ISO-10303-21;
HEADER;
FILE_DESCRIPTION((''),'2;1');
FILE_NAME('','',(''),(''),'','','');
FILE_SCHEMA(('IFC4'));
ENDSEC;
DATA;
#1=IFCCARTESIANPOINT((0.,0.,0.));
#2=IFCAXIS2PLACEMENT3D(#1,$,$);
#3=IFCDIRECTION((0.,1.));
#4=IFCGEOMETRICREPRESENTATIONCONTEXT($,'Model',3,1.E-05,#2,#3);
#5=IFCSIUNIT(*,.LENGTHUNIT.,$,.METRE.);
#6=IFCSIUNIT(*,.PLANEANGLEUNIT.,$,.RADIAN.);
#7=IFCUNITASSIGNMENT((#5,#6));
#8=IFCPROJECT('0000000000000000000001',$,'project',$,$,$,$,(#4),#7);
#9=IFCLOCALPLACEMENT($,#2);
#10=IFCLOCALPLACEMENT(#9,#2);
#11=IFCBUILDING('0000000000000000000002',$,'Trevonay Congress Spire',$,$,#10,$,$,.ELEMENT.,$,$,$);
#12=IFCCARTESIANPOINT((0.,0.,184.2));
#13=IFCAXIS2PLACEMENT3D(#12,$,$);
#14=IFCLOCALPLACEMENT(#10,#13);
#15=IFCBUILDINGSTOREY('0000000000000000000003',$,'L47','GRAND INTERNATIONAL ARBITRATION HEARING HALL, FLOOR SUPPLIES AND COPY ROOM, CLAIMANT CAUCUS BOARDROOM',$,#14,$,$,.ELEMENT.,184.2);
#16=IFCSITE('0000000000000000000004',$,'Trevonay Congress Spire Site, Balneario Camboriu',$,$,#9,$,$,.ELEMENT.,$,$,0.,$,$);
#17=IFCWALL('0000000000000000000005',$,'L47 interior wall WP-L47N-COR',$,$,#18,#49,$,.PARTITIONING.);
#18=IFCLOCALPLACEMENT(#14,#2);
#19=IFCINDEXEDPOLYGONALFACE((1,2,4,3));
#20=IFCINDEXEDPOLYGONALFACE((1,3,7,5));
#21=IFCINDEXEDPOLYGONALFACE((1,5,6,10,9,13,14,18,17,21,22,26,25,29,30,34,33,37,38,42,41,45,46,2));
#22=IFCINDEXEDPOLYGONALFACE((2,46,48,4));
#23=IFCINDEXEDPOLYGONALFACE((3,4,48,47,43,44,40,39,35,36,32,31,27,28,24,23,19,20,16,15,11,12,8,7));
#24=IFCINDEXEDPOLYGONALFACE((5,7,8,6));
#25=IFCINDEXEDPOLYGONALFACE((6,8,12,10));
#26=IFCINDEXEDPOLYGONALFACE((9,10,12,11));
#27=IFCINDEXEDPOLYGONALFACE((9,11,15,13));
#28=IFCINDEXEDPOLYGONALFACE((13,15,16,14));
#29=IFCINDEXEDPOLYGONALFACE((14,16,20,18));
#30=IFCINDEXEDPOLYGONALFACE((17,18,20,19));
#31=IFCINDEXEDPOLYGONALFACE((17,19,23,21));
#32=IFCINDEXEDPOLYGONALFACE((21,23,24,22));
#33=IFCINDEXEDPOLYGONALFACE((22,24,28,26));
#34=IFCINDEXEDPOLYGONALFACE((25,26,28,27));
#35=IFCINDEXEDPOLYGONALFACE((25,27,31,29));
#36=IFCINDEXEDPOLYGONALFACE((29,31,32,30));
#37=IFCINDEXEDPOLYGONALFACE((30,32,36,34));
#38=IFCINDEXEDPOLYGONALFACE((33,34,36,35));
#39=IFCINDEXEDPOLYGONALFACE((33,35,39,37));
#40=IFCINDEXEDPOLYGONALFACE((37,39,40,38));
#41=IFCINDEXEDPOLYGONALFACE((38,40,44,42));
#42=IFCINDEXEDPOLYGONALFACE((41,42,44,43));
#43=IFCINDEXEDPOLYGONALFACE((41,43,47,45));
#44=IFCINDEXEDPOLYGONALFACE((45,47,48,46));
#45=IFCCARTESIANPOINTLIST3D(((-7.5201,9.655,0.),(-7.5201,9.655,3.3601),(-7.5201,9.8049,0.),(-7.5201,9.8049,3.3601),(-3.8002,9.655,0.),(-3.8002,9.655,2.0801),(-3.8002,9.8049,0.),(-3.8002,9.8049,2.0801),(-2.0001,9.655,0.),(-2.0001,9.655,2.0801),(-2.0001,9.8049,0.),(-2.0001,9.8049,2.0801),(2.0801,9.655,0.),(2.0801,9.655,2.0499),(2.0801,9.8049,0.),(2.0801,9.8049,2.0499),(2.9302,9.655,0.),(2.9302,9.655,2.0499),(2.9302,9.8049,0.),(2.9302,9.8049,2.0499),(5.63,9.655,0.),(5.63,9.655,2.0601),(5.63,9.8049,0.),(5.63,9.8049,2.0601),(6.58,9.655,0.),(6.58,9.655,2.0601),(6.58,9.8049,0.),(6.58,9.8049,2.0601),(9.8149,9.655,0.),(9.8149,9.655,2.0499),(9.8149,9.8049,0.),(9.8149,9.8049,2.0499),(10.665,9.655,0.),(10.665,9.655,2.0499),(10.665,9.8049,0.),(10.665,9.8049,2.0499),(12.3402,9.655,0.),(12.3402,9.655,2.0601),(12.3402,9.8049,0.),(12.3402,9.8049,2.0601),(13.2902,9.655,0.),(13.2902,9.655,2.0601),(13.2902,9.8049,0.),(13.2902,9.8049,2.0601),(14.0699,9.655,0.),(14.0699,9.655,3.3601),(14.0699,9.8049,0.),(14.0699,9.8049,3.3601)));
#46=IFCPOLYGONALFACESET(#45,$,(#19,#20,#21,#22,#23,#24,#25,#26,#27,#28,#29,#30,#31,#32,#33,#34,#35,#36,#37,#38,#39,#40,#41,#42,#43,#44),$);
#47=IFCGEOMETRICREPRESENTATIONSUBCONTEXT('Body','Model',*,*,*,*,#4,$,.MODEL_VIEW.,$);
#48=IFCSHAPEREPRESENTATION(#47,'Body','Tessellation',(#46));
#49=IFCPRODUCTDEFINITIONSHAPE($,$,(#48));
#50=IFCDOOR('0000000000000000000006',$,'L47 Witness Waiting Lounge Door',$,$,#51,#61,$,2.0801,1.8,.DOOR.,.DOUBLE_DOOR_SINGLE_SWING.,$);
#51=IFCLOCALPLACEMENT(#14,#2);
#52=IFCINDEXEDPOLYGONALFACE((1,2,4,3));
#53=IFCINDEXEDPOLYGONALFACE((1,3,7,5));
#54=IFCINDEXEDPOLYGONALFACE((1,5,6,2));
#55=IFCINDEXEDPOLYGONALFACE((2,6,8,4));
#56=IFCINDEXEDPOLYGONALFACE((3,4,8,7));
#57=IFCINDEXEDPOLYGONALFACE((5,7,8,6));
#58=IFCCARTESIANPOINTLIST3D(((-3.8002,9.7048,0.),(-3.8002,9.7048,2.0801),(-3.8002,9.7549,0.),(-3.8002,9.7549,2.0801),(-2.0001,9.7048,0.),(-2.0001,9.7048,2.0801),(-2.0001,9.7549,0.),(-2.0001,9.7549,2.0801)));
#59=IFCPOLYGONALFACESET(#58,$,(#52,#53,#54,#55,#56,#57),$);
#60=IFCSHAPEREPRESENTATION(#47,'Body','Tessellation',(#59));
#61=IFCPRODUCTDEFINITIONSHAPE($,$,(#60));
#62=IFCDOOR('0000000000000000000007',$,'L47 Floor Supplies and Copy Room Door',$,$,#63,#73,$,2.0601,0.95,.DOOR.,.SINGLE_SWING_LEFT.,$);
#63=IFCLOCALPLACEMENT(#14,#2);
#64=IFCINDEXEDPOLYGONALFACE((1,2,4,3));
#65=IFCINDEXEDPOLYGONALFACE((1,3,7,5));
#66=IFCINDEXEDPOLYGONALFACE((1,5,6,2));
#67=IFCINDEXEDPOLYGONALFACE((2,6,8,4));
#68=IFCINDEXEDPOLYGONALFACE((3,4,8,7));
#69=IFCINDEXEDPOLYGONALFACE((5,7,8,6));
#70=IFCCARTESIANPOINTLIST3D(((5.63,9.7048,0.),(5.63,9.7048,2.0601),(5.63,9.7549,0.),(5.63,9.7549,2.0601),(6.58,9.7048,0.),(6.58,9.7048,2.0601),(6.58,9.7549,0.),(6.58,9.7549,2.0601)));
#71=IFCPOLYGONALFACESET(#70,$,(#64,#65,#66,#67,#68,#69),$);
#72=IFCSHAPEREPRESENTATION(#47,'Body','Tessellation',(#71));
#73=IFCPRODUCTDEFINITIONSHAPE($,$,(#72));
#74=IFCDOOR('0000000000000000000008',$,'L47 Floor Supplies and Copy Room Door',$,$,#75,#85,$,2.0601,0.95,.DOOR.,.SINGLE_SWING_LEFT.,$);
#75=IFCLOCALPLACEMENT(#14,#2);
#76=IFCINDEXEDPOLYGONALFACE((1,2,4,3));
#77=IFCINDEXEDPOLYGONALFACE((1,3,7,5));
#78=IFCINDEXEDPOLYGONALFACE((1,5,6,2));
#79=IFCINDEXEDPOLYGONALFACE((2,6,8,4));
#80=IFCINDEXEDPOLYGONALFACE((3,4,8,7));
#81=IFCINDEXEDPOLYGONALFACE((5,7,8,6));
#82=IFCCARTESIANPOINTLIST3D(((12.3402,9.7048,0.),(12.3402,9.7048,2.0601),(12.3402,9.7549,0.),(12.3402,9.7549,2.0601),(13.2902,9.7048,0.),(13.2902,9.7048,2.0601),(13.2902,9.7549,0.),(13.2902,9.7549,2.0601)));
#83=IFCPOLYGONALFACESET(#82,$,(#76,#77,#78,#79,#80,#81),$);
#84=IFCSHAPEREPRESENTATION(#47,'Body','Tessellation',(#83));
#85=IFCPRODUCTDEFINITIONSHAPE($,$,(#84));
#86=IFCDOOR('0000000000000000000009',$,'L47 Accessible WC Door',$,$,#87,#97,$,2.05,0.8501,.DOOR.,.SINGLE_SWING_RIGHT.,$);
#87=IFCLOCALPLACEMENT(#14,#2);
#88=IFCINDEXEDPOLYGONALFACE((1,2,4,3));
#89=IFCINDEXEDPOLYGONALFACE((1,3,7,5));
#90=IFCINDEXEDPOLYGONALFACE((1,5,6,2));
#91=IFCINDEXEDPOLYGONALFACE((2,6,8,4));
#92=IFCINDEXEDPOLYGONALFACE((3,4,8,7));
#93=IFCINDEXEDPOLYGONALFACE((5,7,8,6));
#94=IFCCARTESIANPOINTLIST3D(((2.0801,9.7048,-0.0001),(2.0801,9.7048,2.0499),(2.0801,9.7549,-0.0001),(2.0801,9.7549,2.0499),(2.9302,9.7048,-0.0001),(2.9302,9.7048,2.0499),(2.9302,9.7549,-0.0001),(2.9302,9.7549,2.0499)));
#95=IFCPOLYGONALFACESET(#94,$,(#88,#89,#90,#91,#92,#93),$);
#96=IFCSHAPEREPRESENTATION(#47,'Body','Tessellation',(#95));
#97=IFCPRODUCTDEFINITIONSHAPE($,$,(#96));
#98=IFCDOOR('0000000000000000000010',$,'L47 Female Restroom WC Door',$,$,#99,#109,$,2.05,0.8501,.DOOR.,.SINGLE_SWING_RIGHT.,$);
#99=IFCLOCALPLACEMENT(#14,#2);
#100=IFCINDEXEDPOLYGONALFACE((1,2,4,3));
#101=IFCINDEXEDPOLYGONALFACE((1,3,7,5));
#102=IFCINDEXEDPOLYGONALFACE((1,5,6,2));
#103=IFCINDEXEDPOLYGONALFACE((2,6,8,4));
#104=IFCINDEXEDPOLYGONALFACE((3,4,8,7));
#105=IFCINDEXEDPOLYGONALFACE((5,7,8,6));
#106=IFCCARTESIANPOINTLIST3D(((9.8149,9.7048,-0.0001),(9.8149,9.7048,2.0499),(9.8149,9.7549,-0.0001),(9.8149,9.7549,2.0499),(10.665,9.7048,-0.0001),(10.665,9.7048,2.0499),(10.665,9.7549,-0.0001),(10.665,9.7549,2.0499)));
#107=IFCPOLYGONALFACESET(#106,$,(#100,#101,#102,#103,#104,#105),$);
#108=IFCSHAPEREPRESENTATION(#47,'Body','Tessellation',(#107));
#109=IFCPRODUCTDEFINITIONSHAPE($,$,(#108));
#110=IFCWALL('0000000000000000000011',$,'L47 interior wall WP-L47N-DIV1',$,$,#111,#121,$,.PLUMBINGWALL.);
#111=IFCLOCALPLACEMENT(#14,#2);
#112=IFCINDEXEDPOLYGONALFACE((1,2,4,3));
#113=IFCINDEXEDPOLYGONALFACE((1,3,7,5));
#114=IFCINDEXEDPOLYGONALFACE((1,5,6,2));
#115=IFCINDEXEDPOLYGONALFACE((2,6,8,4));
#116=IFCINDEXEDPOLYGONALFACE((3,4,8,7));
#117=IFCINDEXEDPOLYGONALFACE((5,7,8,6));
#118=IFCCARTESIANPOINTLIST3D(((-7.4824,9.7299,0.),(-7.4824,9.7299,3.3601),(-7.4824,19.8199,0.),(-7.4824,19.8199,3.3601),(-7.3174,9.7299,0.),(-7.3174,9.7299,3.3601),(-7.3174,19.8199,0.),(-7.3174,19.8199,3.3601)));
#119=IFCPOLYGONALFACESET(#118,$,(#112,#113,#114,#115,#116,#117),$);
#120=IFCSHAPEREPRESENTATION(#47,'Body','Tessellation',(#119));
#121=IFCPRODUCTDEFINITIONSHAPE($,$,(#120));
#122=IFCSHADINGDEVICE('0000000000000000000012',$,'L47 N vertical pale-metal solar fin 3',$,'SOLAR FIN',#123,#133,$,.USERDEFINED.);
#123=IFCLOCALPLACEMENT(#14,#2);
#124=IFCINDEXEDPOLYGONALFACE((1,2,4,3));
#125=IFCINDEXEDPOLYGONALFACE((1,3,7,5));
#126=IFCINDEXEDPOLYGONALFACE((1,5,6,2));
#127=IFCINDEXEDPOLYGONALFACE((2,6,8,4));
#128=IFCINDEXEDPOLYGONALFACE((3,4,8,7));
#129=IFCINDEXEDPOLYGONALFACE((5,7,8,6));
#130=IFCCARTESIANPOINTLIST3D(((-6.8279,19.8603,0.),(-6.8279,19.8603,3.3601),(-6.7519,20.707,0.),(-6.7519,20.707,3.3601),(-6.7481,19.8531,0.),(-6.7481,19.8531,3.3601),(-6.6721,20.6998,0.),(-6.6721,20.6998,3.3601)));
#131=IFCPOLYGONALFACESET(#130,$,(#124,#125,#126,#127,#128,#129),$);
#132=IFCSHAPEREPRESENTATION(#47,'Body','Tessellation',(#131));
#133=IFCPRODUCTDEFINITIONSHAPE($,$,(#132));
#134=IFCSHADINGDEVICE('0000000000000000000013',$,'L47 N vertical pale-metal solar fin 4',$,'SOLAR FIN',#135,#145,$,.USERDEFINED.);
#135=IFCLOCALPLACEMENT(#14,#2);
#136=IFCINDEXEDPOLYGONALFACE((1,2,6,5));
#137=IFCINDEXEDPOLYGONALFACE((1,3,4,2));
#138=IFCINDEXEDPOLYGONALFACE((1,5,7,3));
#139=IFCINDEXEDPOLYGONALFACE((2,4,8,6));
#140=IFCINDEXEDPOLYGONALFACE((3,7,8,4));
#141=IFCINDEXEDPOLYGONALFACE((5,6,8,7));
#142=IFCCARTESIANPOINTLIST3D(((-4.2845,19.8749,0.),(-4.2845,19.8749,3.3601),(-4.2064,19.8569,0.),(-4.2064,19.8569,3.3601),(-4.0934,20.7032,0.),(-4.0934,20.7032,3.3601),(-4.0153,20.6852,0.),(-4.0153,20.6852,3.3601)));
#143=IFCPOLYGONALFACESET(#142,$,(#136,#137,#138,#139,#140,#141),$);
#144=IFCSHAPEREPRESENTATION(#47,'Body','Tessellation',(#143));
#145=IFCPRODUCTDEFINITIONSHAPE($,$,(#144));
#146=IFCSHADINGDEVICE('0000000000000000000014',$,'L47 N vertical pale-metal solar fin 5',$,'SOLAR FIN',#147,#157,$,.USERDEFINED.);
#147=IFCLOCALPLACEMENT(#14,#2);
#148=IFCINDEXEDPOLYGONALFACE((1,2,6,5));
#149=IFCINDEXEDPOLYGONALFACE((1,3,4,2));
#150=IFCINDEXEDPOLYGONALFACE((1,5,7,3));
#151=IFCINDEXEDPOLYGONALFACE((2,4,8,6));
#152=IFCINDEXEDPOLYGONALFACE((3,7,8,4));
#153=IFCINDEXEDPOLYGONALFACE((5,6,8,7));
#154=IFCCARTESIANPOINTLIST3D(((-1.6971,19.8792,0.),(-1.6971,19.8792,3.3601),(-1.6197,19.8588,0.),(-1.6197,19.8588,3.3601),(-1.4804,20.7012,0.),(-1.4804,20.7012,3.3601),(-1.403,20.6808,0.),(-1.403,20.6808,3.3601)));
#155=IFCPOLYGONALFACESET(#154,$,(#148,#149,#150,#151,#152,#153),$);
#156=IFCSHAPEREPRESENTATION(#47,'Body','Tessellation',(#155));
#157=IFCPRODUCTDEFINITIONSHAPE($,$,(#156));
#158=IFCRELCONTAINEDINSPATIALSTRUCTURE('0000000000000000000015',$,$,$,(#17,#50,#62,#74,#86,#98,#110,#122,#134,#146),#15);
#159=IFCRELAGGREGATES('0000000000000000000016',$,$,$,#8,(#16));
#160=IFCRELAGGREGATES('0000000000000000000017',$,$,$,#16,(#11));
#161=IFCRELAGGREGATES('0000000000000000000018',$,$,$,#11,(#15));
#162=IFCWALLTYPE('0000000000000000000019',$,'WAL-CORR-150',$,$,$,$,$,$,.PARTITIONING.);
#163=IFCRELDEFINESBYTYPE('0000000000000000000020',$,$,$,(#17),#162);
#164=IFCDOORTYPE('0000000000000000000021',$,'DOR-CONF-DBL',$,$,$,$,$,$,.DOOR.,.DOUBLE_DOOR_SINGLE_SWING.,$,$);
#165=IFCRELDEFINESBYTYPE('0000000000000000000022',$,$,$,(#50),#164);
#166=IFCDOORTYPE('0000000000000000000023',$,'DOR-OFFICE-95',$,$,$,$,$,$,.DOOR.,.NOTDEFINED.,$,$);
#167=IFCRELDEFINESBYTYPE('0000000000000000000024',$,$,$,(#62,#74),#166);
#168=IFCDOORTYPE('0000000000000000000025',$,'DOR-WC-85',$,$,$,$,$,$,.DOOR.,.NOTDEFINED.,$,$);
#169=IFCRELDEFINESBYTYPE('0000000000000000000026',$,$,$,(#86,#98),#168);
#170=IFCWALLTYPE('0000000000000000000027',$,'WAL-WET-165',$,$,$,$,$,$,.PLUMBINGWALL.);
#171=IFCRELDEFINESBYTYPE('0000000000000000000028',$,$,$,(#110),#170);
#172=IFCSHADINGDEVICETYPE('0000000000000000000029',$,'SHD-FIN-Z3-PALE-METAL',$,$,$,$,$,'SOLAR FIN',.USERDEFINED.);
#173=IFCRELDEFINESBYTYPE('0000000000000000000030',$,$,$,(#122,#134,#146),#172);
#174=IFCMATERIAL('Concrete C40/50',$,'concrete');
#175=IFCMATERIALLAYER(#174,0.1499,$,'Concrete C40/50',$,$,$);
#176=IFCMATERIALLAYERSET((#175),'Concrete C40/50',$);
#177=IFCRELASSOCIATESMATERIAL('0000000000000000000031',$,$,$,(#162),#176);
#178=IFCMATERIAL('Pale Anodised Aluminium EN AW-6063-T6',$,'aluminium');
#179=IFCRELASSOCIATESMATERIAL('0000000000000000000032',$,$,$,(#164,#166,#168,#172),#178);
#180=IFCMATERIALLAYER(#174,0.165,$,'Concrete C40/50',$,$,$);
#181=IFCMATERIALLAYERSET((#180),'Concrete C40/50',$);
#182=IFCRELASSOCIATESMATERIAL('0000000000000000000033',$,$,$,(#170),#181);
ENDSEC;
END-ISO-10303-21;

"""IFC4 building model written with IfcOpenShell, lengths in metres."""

from ifc_helpers import new_model, si_unit, direction, frame, frame_2d, origin, origin_2d, place, context, subcontext, project, spatial, rectangle, extrude, material, layer, layer_set, type_object, element, fill, save


model = new_model("IFC4")

# Units and contexts
model_context = context("Model", 3, precision=1e-05, world=origin(), true_north=direction((0.0, 1.0)))
body_context = subcontext(model_context, "Body", "Model", "MODEL_VIEW")
ifc_project = project(units=[si_unit("LENGTHUNIT", "METRE"), si_unit("PLANEANGLEUNIT", "RADIAN")], contexts=[model_context])

# Site, building, storey
site_placement = place(None, origin())
site = spatial("IfcSite", under=ifc_project, at=site_placement, Name="Trevonay Congress Spire Site, Balneario Camboriu", CompositionType="ELEMENT", RefElevation=0.0)
building_placement = place(site_placement, origin())
building = spatial("IfcBuilding", under=site, at=building_placement, Name="Trevonay Congress Spire", CompositionType="ELEMENT")
storey_placement = place(building_placement, frame((0.0, 0.0, 184.2)))
storey = spatial("IfcBuildingStorey", under=building, at=storey_placement, Name="L47", Description="GRAND INTERNATIONAL ARBITRATION HEARING HALL, FLOOR SUPPLIES AND COPY ROOM, CLAIMANT CAUCUS BOARDROOM", CompositionType="ELEMENT", Elevation=184.2)

# Shared definitions
ifc_material_1 = material(Name="Pale Anodised Aluminium EN AW-6063-T6", Category="aluminium")

# Wall, openings, doors
ifc_material_2 = material(Name="Concrete C40/50", Category="concrete")
ifc_layer_1 = layer(ifc_material_2, 0.1499, Name="Concrete C40/50")
ifc_layer_set_1 = layer_set([ifc_layer_1], Name="Concrete C40/50")
wall_type_1 = type_object("IfcWallType", Name="WAL-CORR-150", PredefinedType="PARTITIONING", material=ifc_layer_set_1)
wall_1_placement = place(storey_placement, frame((-7.52, 9.73, 0.0), z_axis=(0.0, 0.0, 1.0), x_axis=(1.0, 0.0, 0.0)))
wall_1 = element("IfcWall", 1, at=wall_1_placement, inside=storey, type_object=wall_type_1, Name="L47 interior wall WP-L47N-COR", PredefinedType="PARTITIONING", context=body_context, shape_type="SweptSolid", body=[
    extrude(rectangle(XDim=21.5901, YDim=0.1499, at=frame_2d((10.7949, 0.0))), origin(), (0.0, 0.0, 1.0), 3.3601),
])
opening_1_placement = place(wall_1_placement, frame((3.72, 0.0, 0.0)))
opening_1 = element("IfcOpeningElement", 2, at=opening_1_placement, cuts=wall_1, PredefinedType="OPENING", context=body_context, shape_type="SweptSolid", body=[
    extrude(rectangle(XDim=1.8, YDim=2.0801, at=frame_2d((0.8999, 1.04))), frame((0.0, 0.085, 0.0), z_axis=(0.0, -1.0, 0.0), x_axis=(1.0, 0.0, 0.0)), (0.0, 0.0, 1.0), 0.1699),
])
opening_2_placement = place(wall_1_placement, frame((9.6001, 0.0, 0.0)))
opening_2 = element("IfcOpeningElement", 3, at=opening_2_placement, cuts=wall_1, PredefinedType="OPENING", context=body_context, shape_type="SweptSolid", body=[
    extrude(rectangle(XDim=0.8501, YDim=2.05, at=frame_2d((0.425, 1.0249))), frame((0.0, 0.085, 0.0), z_axis=(0.0, -1.0, 0.0), x_axis=(1.0, 0.0, 0.0)), (0.0, 0.0, 1.0), 0.1699),
])
opening_3_placement = place(wall_1_placement, frame((13.1499, 0.0, 0.0)))
opening_3 = element("IfcOpeningElement", 4, at=opening_3_placement, cuts=wall_1, PredefinedType="OPENING", context=body_context, shape_type="SweptSolid", body=[
    extrude(rectangle(XDim=0.95, YDim=2.0601, at=frame_2d((0.4751, 1.03))), frame((0.0, 0.085, 0.0), z_axis=(0.0, -1.0, 0.0), x_axis=(1.0, 0.0, 0.0)), (0.0, 0.0, 1.0), 0.1699),
])
opening_4_placement = place(wall_1_placement, frame((17.335, 0.0, 0.0)))
opening_4 = element("IfcOpeningElement", 5, at=opening_4_placement, cuts=wall_1, PredefinedType="OPENING", context=body_context, shape_type="SweptSolid", body=[
    extrude(rectangle(XDim=0.8501, YDim=2.05, at=frame_2d((0.425, 1.0249))), frame((0.0, 0.085, 0.0), z_axis=(0.0, -1.0, 0.0), x_axis=(1.0, 0.0, 0.0)), (0.0, 0.0, 1.0), 0.1699),
])
opening_5_placement = place(wall_1_placement, frame((19.8601, 0.0, 0.0)))
opening_5 = element("IfcOpeningElement", 6, at=opening_5_placement, cuts=wall_1, PredefinedType="OPENING", context=body_context, shape_type="SweptSolid", body=[
    extrude(rectangle(XDim=0.95, YDim=2.0601, at=frame_2d((0.4751, 1.03))), frame((0.0, 0.085, 0.0), z_axis=(0.0, -1.0, 0.0), x_axis=(1.0, 0.0, 0.0)), (0.0, 0.0, 1.0), 0.1699),
])
door_type_1 = type_object("IfcDoorType", Name="DOR-CONF-DBL", OperationType="DOUBLE_DOOR_SINGLE_SWING", PredefinedType="DOOR", material=ifc_material_1)
door_1_placement = place(opening_1_placement, origin())
door_1 = element("IfcDoor", 7, at=door_1_placement, inside=storey, type_object=door_type_1, Name="L47 Witness Waiting Lounge Door", OperationType="DOUBLE_DOOR_SINGLE_SWING", OverallHeight=2.0801, OverallWidth=1.8, PredefinedType="DOOR", context=body_context, shape_type="SweptSolid", body=[
    extrude(rectangle(XDim=1.8, YDim=2.0801, at=frame_2d((0.8999, 1.04))), frame((0.0, 0.0249, 0.0), z_axis=(0.0, -1.0, 0.0), x_axis=(1.0, 0.0, 0.0)), (0.0, 0.0, 1.0), 0.05),
])
fill(opening_1, door_1)
door_type_2 = type_object("IfcDoorType", Name="DOR-OFFICE-95", OperationType="NOTDEFINED", PredefinedType="DOOR", material=ifc_material_1)
door_2_placement = place(opening_3_placement, origin())
door_2 = element("IfcDoor", 8, at=door_2_placement, inside=storey, type_object=door_type_2, Name="L47 Floor Supplies and Copy Room Door", OperationType="SINGLE_SWING_LEFT", OverallHeight=2.0601, OverallWidth=0.95, PredefinedType="DOOR", context=body_context, shape_type="SweptSolid", body=[
    extrude(rectangle(XDim=0.95, YDim=2.0601, at=frame_2d((0.4751, 1.03))), frame((0.0, 0.0249, 0.0), z_axis=(0.0, -1.0, 0.0), x_axis=(1.0, 0.0, 0.0)), (0.0, 0.0, 1.0), 0.05),
])
fill(opening_3, door_2)
door_3_placement = place(opening_5_placement, origin())
door_3 = element("IfcDoor", 9, at=door_3_placement, inside=storey, type_object=door_type_2, Name="L47 Floor Supplies and Copy Room Door", OperationType="SINGLE_SWING_LEFT", OverallHeight=2.0601, OverallWidth=0.95, PredefinedType="DOOR", context=body_context, shape_type="SweptSolid", body=[
    extrude(rectangle(XDim=0.95, YDim=2.0601, at=frame_2d((0.4751, 1.03))), frame((0.0, 0.0249, 0.0), z_axis=(0.0, -1.0, 0.0), x_axis=(1.0, 0.0, 0.0)), (0.0, 0.0, 1.0), 0.05),
])
fill(opening_5, door_3)
door_type_3 = type_object("IfcDoorType", Name="DOR-WC-85", OperationType="NOTDEFINED", PredefinedType="DOOR", material=ifc_material_1)
door_4_placement = place(opening_2_placement, origin())
door_4 = element("IfcDoor", 10, at=door_4_placement, inside=storey, type_object=door_type_3, Name="L47 Accessible WC Door", OperationType="SINGLE_SWING_RIGHT", OverallHeight=2.05, OverallWidth=0.8501, PredefinedType="DOOR", context=body_context, shape_type="SweptSolid", body=[
    extrude(rectangle(XDim=0.8501, YDim=2.05, at=frame_2d((0.425, 1.0249))), frame((0.0, 0.0249, 0.0), z_axis=(0.0, -1.0, 0.0), x_axis=(1.0, 0.0, 0.0)), (0.0, 0.0, 1.0), 0.05),
])
fill(opening_2, door_4)
door_5_placement = place(opening_4_placement, origin())
door_5 = element("IfcDoor", 11, at=door_5_placement, inside=storey, type_object=door_type_3, Name="L47 Female Restroom WC Door", OperationType="SINGLE_SWING_RIGHT", OverallHeight=2.05, OverallWidth=0.8501, PredefinedType="DOOR", context=body_context, shape_type="SweptSolid", body=[
    extrude(rectangle(XDim=0.8501, YDim=2.05, at=frame_2d((0.425, 1.0249))), frame((0.0, 0.0249, 0.0), z_axis=(0.0, -1.0, 0.0), x_axis=(1.0, 0.0, 0.0)), (0.0, 0.0, 1.0), 0.05),
])
fill(opening_4, door_5)

# Wall
ifc_layer_2 = layer(ifc_material_2, 0.165, Name="Concrete C40/50")
ifc_layer_set_2 = layer_set([ifc_layer_2], Name="Concrete C40/50")
wall_type_2 = type_object("IfcWallType", Name="WAL-WET-165", PredefinedType="PLUMBINGWALL", material=ifc_layer_set_2)
wall_2_placement = place(storey_placement, frame((-7.3999, 9.73, 0.0), z_axis=(0.0, 0.0, 1.0), x_axis=(0.0, 1.0, 0.0)))
element("IfcWall", 12, at=wall_2_placement, inside=storey, type_object=wall_type_2, Name="L47 interior wall WP-L47N-DIV1", PredefinedType="PLUMBINGWALL", context=body_context, shape_type="SweptSolid", body=[
    extrude(rectangle(XDim=10.0901, YDim=0.165, at=frame_2d((5.0449, 0.0))), origin(), (0.0, 0.0, 1.0), 3.3601),
])

# Shading devices
shading_device_type = type_object("IfcShadingDeviceType", Name="SHD-FIN-Z3-PALE-METAL", ElementType="SOLAR FIN", PredefinedType="USERDEFINED", material=ifc_material_1)
for number, where, z_axis, x_axis, name in (
    (13, (-6.75, 20.28, 0.0), (0.0, 0.0, 1.0), (0.995994, -0.089416, 0.0), "L47 N vertical pale-metal solar fin 3"),
    (14, (-4.1499, 20.28, 0.0), (0.0, 0.0, 1.0), (0.974409, -0.224781, 0.0), "L47 N vertical pale-metal solar fin 4"),
    (15, (-1.55, 20.28, 0.0), (0.0, 0.0, 1.0), (0.966957, -0.254939, 0.0), "L47 N vertical pale-metal solar fin 5"),
):
    element("IfcShadingDevice", number, at=place(storey_placement, frame(where, z_axis=z_axis, x_axis=x_axis)), inside=storey, type_object=shading_device_type, Name=name, ObjectType="SOLAR FIN", PredefinedType="USERDEFINED", context=body_context, shape_type="SweptSolid", body=[
        extrude(rectangle(XDim=0.0801, YDim=0.8501, at=origin_2d()), origin(), (0.0, 0.0, 1.0), 3.3601),
    ])

save(model, "model.ifc")
